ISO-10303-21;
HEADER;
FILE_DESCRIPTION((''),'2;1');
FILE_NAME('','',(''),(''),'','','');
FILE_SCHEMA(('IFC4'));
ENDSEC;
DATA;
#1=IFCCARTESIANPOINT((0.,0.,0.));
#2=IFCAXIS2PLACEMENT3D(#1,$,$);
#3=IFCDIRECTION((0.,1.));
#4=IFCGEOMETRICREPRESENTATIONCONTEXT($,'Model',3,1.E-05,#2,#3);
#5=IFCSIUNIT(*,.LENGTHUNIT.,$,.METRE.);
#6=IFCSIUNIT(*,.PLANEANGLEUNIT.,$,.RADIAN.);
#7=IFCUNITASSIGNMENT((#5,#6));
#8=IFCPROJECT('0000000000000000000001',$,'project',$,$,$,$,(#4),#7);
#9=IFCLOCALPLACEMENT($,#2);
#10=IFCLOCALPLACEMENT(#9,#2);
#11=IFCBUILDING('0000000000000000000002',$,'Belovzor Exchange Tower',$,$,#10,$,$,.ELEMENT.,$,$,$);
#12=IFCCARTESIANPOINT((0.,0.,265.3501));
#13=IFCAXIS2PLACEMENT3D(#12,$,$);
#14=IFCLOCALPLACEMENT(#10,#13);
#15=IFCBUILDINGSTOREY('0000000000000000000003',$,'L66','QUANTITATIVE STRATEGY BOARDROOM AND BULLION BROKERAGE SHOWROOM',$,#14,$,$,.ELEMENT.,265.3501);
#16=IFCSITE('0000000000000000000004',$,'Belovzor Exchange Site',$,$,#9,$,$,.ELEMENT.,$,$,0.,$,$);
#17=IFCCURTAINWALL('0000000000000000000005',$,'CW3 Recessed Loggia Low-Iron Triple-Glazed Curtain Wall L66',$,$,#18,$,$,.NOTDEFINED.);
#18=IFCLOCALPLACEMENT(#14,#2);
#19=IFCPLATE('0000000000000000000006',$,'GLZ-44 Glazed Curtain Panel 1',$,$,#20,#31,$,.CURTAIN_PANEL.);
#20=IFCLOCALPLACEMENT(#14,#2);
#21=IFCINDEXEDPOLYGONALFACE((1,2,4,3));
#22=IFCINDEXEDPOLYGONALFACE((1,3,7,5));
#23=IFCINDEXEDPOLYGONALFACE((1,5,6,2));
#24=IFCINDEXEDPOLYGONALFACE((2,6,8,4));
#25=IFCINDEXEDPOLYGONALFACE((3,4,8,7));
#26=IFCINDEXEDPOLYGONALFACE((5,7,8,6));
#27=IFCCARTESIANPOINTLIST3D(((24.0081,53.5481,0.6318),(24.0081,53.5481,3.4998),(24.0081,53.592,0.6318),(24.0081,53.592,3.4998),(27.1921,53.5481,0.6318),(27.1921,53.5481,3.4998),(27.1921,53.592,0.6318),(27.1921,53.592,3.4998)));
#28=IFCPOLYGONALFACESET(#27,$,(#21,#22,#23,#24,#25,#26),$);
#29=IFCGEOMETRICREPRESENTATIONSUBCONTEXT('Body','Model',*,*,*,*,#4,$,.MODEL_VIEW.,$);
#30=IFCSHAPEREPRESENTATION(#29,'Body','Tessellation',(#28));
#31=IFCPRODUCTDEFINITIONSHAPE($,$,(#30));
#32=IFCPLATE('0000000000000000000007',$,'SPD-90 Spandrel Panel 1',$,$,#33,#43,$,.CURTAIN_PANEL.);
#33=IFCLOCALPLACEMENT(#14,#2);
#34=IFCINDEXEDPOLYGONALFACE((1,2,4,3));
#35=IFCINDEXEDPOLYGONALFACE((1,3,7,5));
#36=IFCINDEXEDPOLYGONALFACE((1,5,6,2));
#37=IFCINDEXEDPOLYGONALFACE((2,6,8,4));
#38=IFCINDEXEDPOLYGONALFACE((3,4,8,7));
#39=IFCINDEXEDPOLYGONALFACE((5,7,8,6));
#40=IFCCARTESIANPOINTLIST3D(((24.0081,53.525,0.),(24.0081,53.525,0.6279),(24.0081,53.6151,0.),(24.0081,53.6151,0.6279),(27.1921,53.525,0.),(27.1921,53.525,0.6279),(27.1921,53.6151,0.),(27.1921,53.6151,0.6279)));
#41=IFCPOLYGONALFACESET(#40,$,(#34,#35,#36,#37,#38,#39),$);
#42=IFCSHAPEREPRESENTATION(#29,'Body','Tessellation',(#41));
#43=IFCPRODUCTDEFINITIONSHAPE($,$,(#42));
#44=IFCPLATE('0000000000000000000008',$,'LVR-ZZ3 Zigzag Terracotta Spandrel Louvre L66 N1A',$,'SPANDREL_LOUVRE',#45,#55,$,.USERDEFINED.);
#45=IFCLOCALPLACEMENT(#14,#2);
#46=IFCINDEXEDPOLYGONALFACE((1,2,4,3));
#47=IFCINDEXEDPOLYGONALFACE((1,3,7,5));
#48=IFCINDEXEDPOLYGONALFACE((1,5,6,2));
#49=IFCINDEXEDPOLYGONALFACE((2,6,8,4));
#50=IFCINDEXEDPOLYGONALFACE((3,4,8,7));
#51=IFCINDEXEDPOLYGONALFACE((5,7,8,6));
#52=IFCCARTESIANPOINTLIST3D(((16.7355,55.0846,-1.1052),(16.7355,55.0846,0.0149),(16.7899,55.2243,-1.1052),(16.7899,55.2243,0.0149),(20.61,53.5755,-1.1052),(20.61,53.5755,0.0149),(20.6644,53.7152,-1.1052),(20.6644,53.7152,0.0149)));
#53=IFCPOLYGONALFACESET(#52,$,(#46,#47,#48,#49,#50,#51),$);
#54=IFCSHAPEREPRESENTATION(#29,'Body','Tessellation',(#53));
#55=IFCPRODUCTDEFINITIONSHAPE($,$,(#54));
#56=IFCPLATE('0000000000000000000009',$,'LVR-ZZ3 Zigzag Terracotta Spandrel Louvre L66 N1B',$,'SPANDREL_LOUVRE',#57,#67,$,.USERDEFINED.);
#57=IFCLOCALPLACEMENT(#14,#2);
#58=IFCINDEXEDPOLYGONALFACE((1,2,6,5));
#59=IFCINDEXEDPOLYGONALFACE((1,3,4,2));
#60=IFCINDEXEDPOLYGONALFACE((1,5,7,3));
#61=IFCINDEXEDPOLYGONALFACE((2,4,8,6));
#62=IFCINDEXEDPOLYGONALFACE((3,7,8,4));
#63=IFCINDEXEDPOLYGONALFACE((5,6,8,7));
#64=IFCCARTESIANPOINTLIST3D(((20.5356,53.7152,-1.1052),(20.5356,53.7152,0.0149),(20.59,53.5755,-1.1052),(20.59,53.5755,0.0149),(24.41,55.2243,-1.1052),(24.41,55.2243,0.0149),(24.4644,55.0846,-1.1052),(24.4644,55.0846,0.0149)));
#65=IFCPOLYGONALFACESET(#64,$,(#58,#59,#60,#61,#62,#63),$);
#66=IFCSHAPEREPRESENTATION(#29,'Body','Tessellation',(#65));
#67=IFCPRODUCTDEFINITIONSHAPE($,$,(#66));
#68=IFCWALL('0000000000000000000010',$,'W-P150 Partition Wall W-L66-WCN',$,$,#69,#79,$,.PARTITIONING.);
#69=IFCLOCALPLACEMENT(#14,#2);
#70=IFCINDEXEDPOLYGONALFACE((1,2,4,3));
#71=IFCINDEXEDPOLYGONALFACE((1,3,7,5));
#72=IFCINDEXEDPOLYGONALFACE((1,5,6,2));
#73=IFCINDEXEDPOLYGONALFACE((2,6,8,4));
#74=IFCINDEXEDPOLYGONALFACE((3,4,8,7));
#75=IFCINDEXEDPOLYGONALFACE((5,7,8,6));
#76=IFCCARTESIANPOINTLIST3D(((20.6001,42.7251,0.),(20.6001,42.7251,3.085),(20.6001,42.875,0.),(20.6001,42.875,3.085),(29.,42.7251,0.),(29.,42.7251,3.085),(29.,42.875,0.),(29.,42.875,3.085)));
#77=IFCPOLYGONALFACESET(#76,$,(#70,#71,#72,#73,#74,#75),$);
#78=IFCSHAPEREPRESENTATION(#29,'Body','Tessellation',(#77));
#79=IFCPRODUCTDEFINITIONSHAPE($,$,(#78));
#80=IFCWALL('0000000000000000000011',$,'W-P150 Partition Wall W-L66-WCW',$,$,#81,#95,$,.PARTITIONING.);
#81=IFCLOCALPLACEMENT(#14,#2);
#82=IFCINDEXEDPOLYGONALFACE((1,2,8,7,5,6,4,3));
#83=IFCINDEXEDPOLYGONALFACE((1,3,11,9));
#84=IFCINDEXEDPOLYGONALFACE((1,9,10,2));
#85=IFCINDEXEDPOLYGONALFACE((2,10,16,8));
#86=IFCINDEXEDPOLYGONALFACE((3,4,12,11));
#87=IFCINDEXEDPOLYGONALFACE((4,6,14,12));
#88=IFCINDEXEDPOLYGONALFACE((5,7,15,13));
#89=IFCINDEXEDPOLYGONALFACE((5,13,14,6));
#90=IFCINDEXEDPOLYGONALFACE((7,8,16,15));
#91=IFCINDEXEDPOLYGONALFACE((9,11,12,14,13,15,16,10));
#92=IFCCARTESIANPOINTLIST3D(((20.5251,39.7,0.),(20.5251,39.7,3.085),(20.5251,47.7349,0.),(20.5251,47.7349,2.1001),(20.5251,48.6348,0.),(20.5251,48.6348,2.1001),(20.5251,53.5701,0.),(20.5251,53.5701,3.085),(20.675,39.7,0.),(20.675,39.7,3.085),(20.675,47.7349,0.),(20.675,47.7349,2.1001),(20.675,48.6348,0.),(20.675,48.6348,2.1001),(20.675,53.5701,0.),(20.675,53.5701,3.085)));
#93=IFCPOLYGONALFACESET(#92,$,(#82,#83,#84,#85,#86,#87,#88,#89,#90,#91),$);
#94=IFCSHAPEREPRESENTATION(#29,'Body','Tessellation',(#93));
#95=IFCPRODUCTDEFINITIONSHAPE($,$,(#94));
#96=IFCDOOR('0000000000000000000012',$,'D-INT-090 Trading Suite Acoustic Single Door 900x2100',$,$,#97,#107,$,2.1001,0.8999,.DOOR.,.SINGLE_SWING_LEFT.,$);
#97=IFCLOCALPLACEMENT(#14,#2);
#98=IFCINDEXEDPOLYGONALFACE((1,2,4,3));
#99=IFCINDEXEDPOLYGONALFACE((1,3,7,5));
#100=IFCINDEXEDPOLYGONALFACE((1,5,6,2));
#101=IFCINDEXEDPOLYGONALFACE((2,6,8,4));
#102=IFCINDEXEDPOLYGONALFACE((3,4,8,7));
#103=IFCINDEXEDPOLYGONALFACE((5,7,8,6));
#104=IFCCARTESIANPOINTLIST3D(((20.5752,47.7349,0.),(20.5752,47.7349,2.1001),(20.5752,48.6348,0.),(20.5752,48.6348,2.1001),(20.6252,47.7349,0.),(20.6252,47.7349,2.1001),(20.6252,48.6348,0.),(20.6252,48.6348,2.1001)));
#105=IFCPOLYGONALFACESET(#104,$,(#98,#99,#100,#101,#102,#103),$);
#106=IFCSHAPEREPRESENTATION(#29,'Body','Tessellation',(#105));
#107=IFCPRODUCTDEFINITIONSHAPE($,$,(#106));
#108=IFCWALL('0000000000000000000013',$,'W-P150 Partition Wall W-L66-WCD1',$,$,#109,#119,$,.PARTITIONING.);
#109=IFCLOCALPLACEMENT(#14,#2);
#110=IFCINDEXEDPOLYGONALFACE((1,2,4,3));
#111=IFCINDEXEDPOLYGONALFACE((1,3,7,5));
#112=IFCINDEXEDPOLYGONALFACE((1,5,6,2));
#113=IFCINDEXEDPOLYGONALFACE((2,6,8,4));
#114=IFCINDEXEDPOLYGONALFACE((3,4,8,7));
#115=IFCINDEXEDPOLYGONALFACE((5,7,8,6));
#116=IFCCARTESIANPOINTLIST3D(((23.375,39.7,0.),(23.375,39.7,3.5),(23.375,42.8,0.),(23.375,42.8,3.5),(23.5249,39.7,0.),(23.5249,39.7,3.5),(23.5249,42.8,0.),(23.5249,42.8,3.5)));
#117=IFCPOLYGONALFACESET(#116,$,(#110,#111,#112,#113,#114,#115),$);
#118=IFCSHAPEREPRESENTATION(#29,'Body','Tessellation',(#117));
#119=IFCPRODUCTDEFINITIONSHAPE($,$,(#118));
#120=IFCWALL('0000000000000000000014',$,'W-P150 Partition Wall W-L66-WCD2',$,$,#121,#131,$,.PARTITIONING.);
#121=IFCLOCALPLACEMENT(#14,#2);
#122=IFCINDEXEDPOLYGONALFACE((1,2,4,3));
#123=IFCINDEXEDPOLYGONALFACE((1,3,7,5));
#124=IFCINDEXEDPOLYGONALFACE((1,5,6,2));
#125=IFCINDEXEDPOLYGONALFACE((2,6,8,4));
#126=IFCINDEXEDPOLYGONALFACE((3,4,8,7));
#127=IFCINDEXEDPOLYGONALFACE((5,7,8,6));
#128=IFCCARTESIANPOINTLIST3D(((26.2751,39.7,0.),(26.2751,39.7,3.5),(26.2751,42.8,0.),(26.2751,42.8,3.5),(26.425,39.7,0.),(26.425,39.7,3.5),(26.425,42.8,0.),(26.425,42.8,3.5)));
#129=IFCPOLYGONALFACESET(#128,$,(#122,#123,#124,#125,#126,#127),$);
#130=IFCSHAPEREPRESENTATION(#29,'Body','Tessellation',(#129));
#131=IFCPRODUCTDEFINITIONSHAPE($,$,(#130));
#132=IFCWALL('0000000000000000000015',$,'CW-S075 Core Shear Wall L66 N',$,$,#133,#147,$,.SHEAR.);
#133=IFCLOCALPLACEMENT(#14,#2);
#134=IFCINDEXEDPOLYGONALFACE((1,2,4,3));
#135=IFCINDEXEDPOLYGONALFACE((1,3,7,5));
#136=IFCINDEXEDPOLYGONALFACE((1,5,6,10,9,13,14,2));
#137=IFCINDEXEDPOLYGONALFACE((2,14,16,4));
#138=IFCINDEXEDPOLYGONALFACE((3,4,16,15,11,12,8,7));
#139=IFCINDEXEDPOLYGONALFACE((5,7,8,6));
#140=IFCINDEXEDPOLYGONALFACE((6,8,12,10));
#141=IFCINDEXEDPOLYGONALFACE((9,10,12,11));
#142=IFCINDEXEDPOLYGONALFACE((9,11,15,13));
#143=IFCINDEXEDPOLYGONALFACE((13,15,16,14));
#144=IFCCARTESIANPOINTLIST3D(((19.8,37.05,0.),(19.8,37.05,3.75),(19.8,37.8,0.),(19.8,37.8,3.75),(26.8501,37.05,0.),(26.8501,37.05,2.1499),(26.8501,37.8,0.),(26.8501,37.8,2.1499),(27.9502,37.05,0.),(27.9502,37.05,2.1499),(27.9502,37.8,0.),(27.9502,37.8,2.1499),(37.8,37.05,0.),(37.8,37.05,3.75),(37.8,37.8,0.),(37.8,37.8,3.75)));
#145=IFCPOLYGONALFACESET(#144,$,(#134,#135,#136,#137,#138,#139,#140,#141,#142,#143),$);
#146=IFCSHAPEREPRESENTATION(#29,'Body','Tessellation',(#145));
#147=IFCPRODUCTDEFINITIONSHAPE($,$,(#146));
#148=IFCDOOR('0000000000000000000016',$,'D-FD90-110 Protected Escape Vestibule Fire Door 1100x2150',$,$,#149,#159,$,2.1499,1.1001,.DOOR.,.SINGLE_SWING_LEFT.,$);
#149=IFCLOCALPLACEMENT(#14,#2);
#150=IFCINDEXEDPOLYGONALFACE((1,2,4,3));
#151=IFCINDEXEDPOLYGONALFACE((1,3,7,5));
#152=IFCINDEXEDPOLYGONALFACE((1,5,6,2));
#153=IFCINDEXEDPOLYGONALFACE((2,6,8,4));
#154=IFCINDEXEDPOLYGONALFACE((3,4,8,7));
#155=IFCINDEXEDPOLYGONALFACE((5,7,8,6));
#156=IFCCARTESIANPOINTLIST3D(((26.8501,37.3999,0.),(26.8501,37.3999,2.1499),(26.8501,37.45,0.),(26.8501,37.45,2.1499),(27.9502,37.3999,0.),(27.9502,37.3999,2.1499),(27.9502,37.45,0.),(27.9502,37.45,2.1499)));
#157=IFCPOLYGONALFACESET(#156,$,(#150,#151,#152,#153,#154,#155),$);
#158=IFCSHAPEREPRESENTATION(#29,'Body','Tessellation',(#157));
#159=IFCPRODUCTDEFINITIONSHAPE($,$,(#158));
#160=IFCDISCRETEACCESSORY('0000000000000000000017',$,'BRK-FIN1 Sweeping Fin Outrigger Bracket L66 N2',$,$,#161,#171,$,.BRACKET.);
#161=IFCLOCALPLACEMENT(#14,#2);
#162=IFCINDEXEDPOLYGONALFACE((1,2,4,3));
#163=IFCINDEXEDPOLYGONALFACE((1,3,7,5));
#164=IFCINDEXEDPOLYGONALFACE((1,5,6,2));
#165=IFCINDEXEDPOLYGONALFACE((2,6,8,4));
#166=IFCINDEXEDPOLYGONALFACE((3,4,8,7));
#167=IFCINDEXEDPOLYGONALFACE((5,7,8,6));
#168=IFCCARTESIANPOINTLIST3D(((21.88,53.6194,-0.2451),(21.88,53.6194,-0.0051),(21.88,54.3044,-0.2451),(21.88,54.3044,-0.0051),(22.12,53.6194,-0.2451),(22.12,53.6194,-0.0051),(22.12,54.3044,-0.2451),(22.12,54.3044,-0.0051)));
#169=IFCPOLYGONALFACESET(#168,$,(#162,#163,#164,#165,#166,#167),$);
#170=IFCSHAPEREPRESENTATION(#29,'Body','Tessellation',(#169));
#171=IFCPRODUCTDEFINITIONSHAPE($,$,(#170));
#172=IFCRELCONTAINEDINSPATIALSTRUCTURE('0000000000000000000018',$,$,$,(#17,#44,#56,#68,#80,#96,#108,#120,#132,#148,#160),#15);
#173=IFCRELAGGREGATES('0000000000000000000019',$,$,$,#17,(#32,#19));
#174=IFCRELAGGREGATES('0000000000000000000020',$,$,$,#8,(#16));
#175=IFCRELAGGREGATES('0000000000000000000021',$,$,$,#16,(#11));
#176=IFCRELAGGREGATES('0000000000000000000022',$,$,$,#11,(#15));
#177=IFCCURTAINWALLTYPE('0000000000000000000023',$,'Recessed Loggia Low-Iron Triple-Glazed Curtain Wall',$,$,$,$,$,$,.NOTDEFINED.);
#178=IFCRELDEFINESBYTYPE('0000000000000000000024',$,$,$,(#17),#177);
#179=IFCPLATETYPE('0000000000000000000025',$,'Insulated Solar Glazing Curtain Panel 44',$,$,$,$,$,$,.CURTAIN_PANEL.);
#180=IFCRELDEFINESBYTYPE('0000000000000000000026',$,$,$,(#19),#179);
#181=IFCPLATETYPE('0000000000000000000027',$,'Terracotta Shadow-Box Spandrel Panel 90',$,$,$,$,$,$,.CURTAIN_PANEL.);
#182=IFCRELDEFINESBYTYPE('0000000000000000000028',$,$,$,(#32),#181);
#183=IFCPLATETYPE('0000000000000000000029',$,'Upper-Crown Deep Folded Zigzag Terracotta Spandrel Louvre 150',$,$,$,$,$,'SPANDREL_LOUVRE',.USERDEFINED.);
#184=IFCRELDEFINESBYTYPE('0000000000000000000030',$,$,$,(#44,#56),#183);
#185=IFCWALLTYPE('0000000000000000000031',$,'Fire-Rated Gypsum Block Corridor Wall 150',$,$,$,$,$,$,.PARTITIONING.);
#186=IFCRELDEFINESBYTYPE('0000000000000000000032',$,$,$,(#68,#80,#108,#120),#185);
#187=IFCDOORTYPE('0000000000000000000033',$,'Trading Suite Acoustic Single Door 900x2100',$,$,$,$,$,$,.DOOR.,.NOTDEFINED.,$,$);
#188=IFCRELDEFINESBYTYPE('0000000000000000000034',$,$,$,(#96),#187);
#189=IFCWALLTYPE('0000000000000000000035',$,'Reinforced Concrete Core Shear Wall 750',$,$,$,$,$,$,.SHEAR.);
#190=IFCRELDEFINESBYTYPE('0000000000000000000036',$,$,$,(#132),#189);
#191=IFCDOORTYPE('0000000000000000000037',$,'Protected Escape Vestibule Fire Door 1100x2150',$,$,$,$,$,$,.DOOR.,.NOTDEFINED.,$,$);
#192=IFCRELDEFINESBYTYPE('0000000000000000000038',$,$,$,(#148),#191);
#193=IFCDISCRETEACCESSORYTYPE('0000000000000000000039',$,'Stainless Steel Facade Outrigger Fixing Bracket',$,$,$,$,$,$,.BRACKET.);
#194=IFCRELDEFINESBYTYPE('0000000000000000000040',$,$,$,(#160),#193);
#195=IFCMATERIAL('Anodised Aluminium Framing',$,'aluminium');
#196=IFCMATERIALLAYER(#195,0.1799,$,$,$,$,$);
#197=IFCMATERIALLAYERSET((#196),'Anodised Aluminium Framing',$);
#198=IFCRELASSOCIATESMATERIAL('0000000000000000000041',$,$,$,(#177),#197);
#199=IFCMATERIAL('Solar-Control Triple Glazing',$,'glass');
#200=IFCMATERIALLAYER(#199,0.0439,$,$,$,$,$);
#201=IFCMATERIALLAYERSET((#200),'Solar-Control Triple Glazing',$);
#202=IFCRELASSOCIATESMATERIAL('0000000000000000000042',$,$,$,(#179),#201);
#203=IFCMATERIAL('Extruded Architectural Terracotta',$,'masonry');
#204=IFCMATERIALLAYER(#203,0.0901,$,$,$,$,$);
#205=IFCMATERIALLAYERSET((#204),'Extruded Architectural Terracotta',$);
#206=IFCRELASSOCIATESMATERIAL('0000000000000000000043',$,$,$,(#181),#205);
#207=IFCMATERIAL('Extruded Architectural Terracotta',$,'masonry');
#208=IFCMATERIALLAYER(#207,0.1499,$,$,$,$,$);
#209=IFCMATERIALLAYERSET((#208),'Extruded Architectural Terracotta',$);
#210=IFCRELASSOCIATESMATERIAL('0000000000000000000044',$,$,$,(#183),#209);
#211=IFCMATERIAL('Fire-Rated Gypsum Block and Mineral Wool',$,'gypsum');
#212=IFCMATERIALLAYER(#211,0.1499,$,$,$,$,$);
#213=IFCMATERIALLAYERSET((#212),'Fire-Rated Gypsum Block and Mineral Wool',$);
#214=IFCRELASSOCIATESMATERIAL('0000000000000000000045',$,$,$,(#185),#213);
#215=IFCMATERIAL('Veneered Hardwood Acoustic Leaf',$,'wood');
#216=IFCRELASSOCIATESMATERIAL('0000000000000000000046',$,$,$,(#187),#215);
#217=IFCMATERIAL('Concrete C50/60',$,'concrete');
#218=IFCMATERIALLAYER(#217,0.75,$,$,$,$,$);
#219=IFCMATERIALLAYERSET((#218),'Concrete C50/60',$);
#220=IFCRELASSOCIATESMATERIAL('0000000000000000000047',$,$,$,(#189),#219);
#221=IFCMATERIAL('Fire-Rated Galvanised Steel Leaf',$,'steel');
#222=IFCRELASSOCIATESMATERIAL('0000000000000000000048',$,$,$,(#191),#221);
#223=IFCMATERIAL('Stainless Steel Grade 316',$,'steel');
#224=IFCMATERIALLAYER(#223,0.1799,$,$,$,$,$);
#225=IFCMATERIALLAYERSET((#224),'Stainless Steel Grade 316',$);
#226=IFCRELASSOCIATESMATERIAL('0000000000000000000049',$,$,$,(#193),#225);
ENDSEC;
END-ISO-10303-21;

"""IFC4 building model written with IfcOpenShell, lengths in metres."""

from ifc_helpers import new_model, si_unit, direction, frame, frame_2d, origin, origin_2d, place, context, subcontext, project, spatial, rectangle, extrude, material, layer, layer_set, type_object, element, fill, aggregate, save


model = new_model("IFC4")

# Units and contexts
model_context = context("Model", 3, precision=1e-05, world=origin(), true_north=direction((0.0, 1.0)))
body_context = subcontext(model_context, "Body", "Model", "MODEL_VIEW")
ifc_project = project(units=[si_unit("LENGTHUNIT", "METRE"), si_unit("PLANEANGLEUNIT", "RADIAN")], contexts=[model_context])

# Site, building, storey
site_placement = place(None, origin())
site = spatial("IfcSite", under=ifc_project, at=site_placement, Name="Belovzor Exchange Site", CompositionType="ELEMENT", RefElevation=0.0)
building_placement = place(site_placement, origin())
building = spatial("IfcBuilding", under=site, at=building_placement, Name="Belovzor Exchange Tower", CompositionType="ELEMENT")
storey_placement = place(building_placement, frame((0.0, 0.0, 265.3501)))
storey = spatial("IfcBuildingStorey", under=building, at=storey_placement, Name="L66", Description="QUANTITATIVE STRATEGY BOARDROOM AND BULLION BROKERAGE SHOWROOM", CompositionType="ELEMENT", Elevation=265.3501)

# Curtain wall
ifc_material_1 = material(Name="Anodised Aluminium Framing", Category="aluminium")
ifc_layer_1 = layer(ifc_material_1, 0.1799)
ifc_layer_set_1 = layer_set([ifc_layer_1], Name="Anodised Aluminium Framing")
curtain_wall_type = type_object("IfcCurtainWallType", Name="Recessed Loggia Low-Iron Triple-Glazed Curtain Wall", PredefinedType="NOTDEFINED", material=ifc_layer_set_1)
curtain_wall_placement = place(storey_placement, origin())
curtain_wall = element("IfcCurtainWall", 1, at=curtain_wall_placement, inside=storey, type_object=curtain_wall_type, Name="CW3 Recessed Loggia Low-Iron Triple-Glazed Curtain Wall L66", PredefinedType="NOTDEFINED")

# Plates
ifc_material_2 = material(Name="Solar-Control Triple Glazing", Category="glass")
ifc_layer_2 = layer(ifc_material_2, 0.0439)
ifc_layer_set_2 = layer_set([ifc_layer_2], Name="Solar-Control Triple Glazing")
plate_type_1 = type_object("IfcPlateType", Name="Insulated Solar Glazing Curtain Panel 44", PredefinedType="CURTAIN_PANEL", material=ifc_layer_set_2)
plate_1_placement = place(storey_placement, frame((25.6001, 53.5701, 0.6318), z_axis=(0.0, 0.0, 1.0), x_axis=(1.0, 0.0, 0.0)))
plate_1 = element("IfcPlate", 2, at=plate_1_placement, type_object=plate_type_1, Name="GLZ-44 Glazed Curtain Panel 1", PredefinedType="CURTAIN_PANEL", context=body_context, shape_type="SweptSolid", body=[
    extrude(rectangle(XDim=3.1841, YDim=0.0439, at=origin_2d()), origin(), (0.0, 0.0, 1.0), 2.8679),
])
ifc_material_3 = material(Name="Extruded Architectural Terracotta", Category="masonry")
ifc_layer_3 = layer(ifc_material_3, 0.0901)
ifc_layer_set_3 = layer_set([ifc_layer_3], Name="Extruded Architectural Terracotta")
plate_type_2 = type_object("IfcPlateType", Name="Terracotta Shadow-Box Spandrel Panel 90", PredefinedType="CURTAIN_PANEL", material=ifc_layer_set_3)
plate_2_placement = place(storey_placement, frame((25.6001, 53.5701, 0.0), z_axis=(0.0, 0.0, 1.0), x_axis=(1.0, 0.0, 0.0)))
plate_2 = element("IfcPlate", 3, at=plate_2_placement, type_object=plate_type_2, Name="SPD-90 Spandrel Panel 1", PredefinedType="CURTAIN_PANEL", context=body_context, shape_type="SweptSolid", body=[
    extrude(rectangle(XDim=3.1841, YDim=0.0901, at=origin_2d()), origin(), (0.0, 0.0, 1.0), 0.6279),
])
aggregate(curtain_wall, [plate_2, plate_1])

# Plates
ifc_material_4 = material(Name="Extruded Architectural Terracotta", Category="masonry")
ifc_layer_4 = layer(ifc_material_4, 0.1499)
ifc_layer_set_4 = layer_set([ifc_layer_4], Name="Extruded Architectural Terracotta")
plate_type_3 = type_object("IfcPlateType", Name="Upper-Crown Deep Folded Zigzag Terracotta Spandrel Louvre 150", ElementType="SPANDREL_LOUVRE", PredefinedType="USERDEFINED", material=ifc_layer_set_4)
for number, where, z_axis, x_axis, name in (
    (4, (18.7, 54.3999, -1.1052), (0.0, 0.0, 1.0), (0.931818, -0.362926, 0.0), "LVR-ZZ3 Zigzag Terracotta Spandrel Louvre L66 N1A"),
    (5, (22.5, 54.3999, -1.1052), (0.0, 0.0, 1.0), (0.931818, 0.362926, 0.0), "LVR-ZZ3 Zigzag Terracotta Spandrel Louvre L66 N1B"),
):
    element("IfcPlate", number, at=place(storey_placement, frame(where, z_axis=z_axis, x_axis=x_axis)), inside=storey, type_object=plate_type_3, Name=name, ObjectType="SPANDREL_LOUVRE", PredefinedType="USERDEFINED", context=body_context, shape_type="SweptSolid", body=[
        extrude(rectangle(XDim=4.158, YDim=0.1499, at=origin_2d()), origin(), (0.0, 0.0, 1.0), 1.1201),
    ])

# Wall
ifc_material_5 = material(Name="Fire-Rated Gypsum Block and Mineral Wool", Category="gypsum")
ifc_layer_5 = layer(ifc_material_5, 0.1499)
ifc_layer_set_5 = layer_set([ifc_layer_5], Name="Fire-Rated Gypsum Block and Mineral Wool")
wall_type_1 = type_object("IfcWallType", Name="Fire-Rated Gypsum Block Corridor Wall 150", PredefinedType="PARTITIONING", material=ifc_layer_set_5)
wall_1_placement = place(storey_placement, frame((20.6001, 42.8, 0.0), z_axis=(0.0, 0.0, 1.0), x_axis=(1.0, 0.0, 0.0)))
element("IfcWall", 6, at=wall_1_placement, inside=storey, type_object=wall_type_1, Name="W-P150 Partition Wall W-L66-WCN", PredefinedType="PARTITIONING", context=body_context, shape_type="SweptSolid", body=[
    extrude(rectangle(XDim=8.3999, YDim=0.1499, at=frame_2d((4.2, 0.0))), origin(), (0.0, 0.0, 1.0), 3.085),
])

# Wall, opening, door
wall_2_placement = place(storey_placement, frame((20.6001, 39.7, 0.0), z_axis=(0.0, 0.0, 1.0), x_axis=(0.0, 1.0, 0.0)))
wall_2 = element("IfcWall", 7, at=wall_2_placement, inside=storey, type_object=wall_type_1, Name="W-P150 Partition Wall W-L66-WCW", PredefinedType="PARTITIONING", context=body_context, shape_type="SweptSolid", body=[
    extrude(rectangle(XDim=13.8701, YDim=0.1499, at=frame_2d((6.9351, 0.0))), origin(), (0.0, 0.0, 1.0), 3.085),
])
opening_1_placement = place(wall_2_placement, frame((8.0349, 0.0, 0.0)))
opening_1 = element("IfcOpeningElement", 8, at=opening_1_placement, cuts=wall_2, PredefinedType="OPENING", context=body_context, shape_type="SweptSolid", body=[
    extrude(rectangle(XDim=0.8999, YDim=2.1001, at=frame_2d((0.45, 1.05))), frame((0.0, 0.085, 0.0), z_axis=(0.0, -1.0, 0.0), x_axis=(1.0, 0.0, 0.0)), (0.0, 0.0, 1.0), 0.1699),
])
ifc_material_6 = material(Name="Veneered Hardwood Acoustic Leaf", Category="wood")
door_type_1 = type_object("IfcDoorType", Name="Trading Suite Acoustic Single Door 900x2100", OperationType="NOTDEFINED", PredefinedType="DOOR", material=ifc_material_6)
door_1_placement = place(opening_1_placement, origin())
door_1 = element("IfcDoor", 9, at=door_1_placement, inside=storey, type_object=door_type_1, Name="D-INT-090 Trading Suite Acoustic Single Door 900x2100", OperationType="SINGLE_SWING_LEFT", OverallHeight=2.1001, OverallWidth=0.8999, PredefinedType="DOOR", context=body_context, shape_type="SweptSolid", body=[
    extrude(rectangle(XDim=0.8999, YDim=2.1001, at=frame_2d((0.45, 1.05))), frame((0.0, 0.0249, 0.0), z_axis=(0.0, -1.0, 0.0), x_axis=(1.0, 0.0, 0.0)), (0.0, 0.0, 1.0), 0.05),
])
fill(opening_1, door_1)

# Walls
for number, where, z_axis, x_axis, name in (
    (10, (23.45, 39.7, 0.0), (0.0, 0.0, 1.0), (0.0, 1.0, 0.0), "W-P150 Partition Wall W-L66-WCD1"),
    (11, (26.3501, 39.7, 0.0), (0.0, 0.0, 1.0), (0.0, 1.0, 0.0), "W-P150 Partition Wall W-L66-WCD2"),
):
    element("IfcWall", number, at=place(storey_placement, frame(where, z_axis=z_axis, x_axis=x_axis)), inside=storey, type_object=wall_type_1, Name=name, PredefinedType="PARTITIONING", context=body_context, shape_type="SweptSolid", body=[
        extrude(rectangle(XDim=3.1001, YDim=0.1499, at=frame_2d((1.55, 0.0))), origin(), (0.0, 0.0, 1.0), 3.5),
    ])

# Wall, opening, door
ifc_material_7 = material(Name="Concrete C50/60", Category="concrete")
ifc_layer_6 = layer(ifc_material_7, 0.75)
ifc_layer_set_6 = layer_set([ifc_layer_6], Name="Concrete C50/60")
wall_type_2 = type_object("IfcWallType", Name="Reinforced Concrete Core Shear Wall 750", PredefinedType="SHEAR", material=ifc_layer_set_6)
wall_3_placement = place(storey_placement, frame((19.8, 37.425, 0.0), z_axis=(0.0, 0.0, 1.0), x_axis=(1.0, 0.0, 0.0)))
wall_3 = element("IfcWall", 12, at=wall_3_placement, inside=storey, type_object=wall_type_2, Name="CW-S075 Core Shear Wall L66 N", PredefinedType="SHEAR", context=body_context, shape_type="SweptSolid", body=[
    extrude(rectangle(XDim=18.0, YDim=0.75, at=frame_2d((9.0, 0.0))), origin(), (0.0, 0.0, 1.0), 3.75),
])
opening_2_placement = place(wall_3_placement, frame((7.05, 0.0, 0.0)))
opening_2 = element("IfcOpeningElement", 13, at=opening_2_placement, cuts=wall_3, PredefinedType="OPENING", context=body_context, shape_type="SweptSolid", body=[
    extrude(rectangle(XDim=1.1001, YDim=2.1499, at=frame_2d((0.55, 1.075))), frame((0.0, 0.385, 0.0), z_axis=(0.0, -1.0, 0.0), x_axis=(1.0, 0.0, 0.0)), (0.0, 0.0, 1.0), 0.77),
])
ifc_material_8 = material(Name="Fire-Rated Galvanised Steel Leaf", Category="steel")
door_type_2 = type_object("IfcDoorType", Name="Protected Escape Vestibule Fire Door 1100x2150", OperationType="NOTDEFINED", PredefinedType="DOOR", material=ifc_material_8)
door_2_placement = place(opening_2_placement, origin())
door_2 = element("IfcDoor", 14, at=door_2_placement, inside=storey, type_object=door_type_2, Name="D-FD90-110 Protected Escape Vestibule Fire Door 1100x2150", OperationType="SINGLE_SWING_LEFT", OverallHeight=2.1499, OverallWidth=1.1001, PredefinedType="DOOR", context=body_context, shape_type="SweptSolid", body=[
    extrude(rectangle(XDim=1.1001, YDim=2.1499, at=frame_2d((0.55, 1.075))), frame((0.0, 0.0249, 0.0), z_axis=(0.0, -1.0, 0.0), x_axis=(1.0, 0.0, 0.0)), (0.0, 0.0, 1.0), 0.05),
])
fill(opening_2, door_2)

# Discrete accessory
ifc_material_9 = material(Name="Stainless Steel Grade 316", Category="steel")
ifc_layer_7 = layer(ifc_material_9, 0.1799)
ifc_layer_set_7 = layer_set([ifc_layer_7], Name="Stainless Steel Grade 316")
discrete_accessory_type = type_object("IfcDiscreteAccessoryType", Name="Stainless Steel Facade Outrigger Fixing Bracket", PredefinedType="BRACKET", material=ifc_layer_set_7)
discrete_accessory_placement = place(storey_placement, frame((22.0, 53.9619, -0.2451), z_axis=(0.0, 0.0, 1.0), x_axis=(0.0, 1.0, 0.0)))
element("IfcDiscreteAccessory", 15, at=discrete_accessory_placement, inside=storey, type_object=discrete_accessory_type, Name="BRK-FIN1 Sweeping Fin Outrigger Bracket L66 N2", PredefinedType="BRACKET", context=body_context, shape_type="SweptSolid", body=[
    extrude(rectangle(XDim=0.6851, YDim=0.24, at=origin_2d()), origin(), (0.0, 0.0, 1.0), 0.24),
])

save(model, "model.ifc")
